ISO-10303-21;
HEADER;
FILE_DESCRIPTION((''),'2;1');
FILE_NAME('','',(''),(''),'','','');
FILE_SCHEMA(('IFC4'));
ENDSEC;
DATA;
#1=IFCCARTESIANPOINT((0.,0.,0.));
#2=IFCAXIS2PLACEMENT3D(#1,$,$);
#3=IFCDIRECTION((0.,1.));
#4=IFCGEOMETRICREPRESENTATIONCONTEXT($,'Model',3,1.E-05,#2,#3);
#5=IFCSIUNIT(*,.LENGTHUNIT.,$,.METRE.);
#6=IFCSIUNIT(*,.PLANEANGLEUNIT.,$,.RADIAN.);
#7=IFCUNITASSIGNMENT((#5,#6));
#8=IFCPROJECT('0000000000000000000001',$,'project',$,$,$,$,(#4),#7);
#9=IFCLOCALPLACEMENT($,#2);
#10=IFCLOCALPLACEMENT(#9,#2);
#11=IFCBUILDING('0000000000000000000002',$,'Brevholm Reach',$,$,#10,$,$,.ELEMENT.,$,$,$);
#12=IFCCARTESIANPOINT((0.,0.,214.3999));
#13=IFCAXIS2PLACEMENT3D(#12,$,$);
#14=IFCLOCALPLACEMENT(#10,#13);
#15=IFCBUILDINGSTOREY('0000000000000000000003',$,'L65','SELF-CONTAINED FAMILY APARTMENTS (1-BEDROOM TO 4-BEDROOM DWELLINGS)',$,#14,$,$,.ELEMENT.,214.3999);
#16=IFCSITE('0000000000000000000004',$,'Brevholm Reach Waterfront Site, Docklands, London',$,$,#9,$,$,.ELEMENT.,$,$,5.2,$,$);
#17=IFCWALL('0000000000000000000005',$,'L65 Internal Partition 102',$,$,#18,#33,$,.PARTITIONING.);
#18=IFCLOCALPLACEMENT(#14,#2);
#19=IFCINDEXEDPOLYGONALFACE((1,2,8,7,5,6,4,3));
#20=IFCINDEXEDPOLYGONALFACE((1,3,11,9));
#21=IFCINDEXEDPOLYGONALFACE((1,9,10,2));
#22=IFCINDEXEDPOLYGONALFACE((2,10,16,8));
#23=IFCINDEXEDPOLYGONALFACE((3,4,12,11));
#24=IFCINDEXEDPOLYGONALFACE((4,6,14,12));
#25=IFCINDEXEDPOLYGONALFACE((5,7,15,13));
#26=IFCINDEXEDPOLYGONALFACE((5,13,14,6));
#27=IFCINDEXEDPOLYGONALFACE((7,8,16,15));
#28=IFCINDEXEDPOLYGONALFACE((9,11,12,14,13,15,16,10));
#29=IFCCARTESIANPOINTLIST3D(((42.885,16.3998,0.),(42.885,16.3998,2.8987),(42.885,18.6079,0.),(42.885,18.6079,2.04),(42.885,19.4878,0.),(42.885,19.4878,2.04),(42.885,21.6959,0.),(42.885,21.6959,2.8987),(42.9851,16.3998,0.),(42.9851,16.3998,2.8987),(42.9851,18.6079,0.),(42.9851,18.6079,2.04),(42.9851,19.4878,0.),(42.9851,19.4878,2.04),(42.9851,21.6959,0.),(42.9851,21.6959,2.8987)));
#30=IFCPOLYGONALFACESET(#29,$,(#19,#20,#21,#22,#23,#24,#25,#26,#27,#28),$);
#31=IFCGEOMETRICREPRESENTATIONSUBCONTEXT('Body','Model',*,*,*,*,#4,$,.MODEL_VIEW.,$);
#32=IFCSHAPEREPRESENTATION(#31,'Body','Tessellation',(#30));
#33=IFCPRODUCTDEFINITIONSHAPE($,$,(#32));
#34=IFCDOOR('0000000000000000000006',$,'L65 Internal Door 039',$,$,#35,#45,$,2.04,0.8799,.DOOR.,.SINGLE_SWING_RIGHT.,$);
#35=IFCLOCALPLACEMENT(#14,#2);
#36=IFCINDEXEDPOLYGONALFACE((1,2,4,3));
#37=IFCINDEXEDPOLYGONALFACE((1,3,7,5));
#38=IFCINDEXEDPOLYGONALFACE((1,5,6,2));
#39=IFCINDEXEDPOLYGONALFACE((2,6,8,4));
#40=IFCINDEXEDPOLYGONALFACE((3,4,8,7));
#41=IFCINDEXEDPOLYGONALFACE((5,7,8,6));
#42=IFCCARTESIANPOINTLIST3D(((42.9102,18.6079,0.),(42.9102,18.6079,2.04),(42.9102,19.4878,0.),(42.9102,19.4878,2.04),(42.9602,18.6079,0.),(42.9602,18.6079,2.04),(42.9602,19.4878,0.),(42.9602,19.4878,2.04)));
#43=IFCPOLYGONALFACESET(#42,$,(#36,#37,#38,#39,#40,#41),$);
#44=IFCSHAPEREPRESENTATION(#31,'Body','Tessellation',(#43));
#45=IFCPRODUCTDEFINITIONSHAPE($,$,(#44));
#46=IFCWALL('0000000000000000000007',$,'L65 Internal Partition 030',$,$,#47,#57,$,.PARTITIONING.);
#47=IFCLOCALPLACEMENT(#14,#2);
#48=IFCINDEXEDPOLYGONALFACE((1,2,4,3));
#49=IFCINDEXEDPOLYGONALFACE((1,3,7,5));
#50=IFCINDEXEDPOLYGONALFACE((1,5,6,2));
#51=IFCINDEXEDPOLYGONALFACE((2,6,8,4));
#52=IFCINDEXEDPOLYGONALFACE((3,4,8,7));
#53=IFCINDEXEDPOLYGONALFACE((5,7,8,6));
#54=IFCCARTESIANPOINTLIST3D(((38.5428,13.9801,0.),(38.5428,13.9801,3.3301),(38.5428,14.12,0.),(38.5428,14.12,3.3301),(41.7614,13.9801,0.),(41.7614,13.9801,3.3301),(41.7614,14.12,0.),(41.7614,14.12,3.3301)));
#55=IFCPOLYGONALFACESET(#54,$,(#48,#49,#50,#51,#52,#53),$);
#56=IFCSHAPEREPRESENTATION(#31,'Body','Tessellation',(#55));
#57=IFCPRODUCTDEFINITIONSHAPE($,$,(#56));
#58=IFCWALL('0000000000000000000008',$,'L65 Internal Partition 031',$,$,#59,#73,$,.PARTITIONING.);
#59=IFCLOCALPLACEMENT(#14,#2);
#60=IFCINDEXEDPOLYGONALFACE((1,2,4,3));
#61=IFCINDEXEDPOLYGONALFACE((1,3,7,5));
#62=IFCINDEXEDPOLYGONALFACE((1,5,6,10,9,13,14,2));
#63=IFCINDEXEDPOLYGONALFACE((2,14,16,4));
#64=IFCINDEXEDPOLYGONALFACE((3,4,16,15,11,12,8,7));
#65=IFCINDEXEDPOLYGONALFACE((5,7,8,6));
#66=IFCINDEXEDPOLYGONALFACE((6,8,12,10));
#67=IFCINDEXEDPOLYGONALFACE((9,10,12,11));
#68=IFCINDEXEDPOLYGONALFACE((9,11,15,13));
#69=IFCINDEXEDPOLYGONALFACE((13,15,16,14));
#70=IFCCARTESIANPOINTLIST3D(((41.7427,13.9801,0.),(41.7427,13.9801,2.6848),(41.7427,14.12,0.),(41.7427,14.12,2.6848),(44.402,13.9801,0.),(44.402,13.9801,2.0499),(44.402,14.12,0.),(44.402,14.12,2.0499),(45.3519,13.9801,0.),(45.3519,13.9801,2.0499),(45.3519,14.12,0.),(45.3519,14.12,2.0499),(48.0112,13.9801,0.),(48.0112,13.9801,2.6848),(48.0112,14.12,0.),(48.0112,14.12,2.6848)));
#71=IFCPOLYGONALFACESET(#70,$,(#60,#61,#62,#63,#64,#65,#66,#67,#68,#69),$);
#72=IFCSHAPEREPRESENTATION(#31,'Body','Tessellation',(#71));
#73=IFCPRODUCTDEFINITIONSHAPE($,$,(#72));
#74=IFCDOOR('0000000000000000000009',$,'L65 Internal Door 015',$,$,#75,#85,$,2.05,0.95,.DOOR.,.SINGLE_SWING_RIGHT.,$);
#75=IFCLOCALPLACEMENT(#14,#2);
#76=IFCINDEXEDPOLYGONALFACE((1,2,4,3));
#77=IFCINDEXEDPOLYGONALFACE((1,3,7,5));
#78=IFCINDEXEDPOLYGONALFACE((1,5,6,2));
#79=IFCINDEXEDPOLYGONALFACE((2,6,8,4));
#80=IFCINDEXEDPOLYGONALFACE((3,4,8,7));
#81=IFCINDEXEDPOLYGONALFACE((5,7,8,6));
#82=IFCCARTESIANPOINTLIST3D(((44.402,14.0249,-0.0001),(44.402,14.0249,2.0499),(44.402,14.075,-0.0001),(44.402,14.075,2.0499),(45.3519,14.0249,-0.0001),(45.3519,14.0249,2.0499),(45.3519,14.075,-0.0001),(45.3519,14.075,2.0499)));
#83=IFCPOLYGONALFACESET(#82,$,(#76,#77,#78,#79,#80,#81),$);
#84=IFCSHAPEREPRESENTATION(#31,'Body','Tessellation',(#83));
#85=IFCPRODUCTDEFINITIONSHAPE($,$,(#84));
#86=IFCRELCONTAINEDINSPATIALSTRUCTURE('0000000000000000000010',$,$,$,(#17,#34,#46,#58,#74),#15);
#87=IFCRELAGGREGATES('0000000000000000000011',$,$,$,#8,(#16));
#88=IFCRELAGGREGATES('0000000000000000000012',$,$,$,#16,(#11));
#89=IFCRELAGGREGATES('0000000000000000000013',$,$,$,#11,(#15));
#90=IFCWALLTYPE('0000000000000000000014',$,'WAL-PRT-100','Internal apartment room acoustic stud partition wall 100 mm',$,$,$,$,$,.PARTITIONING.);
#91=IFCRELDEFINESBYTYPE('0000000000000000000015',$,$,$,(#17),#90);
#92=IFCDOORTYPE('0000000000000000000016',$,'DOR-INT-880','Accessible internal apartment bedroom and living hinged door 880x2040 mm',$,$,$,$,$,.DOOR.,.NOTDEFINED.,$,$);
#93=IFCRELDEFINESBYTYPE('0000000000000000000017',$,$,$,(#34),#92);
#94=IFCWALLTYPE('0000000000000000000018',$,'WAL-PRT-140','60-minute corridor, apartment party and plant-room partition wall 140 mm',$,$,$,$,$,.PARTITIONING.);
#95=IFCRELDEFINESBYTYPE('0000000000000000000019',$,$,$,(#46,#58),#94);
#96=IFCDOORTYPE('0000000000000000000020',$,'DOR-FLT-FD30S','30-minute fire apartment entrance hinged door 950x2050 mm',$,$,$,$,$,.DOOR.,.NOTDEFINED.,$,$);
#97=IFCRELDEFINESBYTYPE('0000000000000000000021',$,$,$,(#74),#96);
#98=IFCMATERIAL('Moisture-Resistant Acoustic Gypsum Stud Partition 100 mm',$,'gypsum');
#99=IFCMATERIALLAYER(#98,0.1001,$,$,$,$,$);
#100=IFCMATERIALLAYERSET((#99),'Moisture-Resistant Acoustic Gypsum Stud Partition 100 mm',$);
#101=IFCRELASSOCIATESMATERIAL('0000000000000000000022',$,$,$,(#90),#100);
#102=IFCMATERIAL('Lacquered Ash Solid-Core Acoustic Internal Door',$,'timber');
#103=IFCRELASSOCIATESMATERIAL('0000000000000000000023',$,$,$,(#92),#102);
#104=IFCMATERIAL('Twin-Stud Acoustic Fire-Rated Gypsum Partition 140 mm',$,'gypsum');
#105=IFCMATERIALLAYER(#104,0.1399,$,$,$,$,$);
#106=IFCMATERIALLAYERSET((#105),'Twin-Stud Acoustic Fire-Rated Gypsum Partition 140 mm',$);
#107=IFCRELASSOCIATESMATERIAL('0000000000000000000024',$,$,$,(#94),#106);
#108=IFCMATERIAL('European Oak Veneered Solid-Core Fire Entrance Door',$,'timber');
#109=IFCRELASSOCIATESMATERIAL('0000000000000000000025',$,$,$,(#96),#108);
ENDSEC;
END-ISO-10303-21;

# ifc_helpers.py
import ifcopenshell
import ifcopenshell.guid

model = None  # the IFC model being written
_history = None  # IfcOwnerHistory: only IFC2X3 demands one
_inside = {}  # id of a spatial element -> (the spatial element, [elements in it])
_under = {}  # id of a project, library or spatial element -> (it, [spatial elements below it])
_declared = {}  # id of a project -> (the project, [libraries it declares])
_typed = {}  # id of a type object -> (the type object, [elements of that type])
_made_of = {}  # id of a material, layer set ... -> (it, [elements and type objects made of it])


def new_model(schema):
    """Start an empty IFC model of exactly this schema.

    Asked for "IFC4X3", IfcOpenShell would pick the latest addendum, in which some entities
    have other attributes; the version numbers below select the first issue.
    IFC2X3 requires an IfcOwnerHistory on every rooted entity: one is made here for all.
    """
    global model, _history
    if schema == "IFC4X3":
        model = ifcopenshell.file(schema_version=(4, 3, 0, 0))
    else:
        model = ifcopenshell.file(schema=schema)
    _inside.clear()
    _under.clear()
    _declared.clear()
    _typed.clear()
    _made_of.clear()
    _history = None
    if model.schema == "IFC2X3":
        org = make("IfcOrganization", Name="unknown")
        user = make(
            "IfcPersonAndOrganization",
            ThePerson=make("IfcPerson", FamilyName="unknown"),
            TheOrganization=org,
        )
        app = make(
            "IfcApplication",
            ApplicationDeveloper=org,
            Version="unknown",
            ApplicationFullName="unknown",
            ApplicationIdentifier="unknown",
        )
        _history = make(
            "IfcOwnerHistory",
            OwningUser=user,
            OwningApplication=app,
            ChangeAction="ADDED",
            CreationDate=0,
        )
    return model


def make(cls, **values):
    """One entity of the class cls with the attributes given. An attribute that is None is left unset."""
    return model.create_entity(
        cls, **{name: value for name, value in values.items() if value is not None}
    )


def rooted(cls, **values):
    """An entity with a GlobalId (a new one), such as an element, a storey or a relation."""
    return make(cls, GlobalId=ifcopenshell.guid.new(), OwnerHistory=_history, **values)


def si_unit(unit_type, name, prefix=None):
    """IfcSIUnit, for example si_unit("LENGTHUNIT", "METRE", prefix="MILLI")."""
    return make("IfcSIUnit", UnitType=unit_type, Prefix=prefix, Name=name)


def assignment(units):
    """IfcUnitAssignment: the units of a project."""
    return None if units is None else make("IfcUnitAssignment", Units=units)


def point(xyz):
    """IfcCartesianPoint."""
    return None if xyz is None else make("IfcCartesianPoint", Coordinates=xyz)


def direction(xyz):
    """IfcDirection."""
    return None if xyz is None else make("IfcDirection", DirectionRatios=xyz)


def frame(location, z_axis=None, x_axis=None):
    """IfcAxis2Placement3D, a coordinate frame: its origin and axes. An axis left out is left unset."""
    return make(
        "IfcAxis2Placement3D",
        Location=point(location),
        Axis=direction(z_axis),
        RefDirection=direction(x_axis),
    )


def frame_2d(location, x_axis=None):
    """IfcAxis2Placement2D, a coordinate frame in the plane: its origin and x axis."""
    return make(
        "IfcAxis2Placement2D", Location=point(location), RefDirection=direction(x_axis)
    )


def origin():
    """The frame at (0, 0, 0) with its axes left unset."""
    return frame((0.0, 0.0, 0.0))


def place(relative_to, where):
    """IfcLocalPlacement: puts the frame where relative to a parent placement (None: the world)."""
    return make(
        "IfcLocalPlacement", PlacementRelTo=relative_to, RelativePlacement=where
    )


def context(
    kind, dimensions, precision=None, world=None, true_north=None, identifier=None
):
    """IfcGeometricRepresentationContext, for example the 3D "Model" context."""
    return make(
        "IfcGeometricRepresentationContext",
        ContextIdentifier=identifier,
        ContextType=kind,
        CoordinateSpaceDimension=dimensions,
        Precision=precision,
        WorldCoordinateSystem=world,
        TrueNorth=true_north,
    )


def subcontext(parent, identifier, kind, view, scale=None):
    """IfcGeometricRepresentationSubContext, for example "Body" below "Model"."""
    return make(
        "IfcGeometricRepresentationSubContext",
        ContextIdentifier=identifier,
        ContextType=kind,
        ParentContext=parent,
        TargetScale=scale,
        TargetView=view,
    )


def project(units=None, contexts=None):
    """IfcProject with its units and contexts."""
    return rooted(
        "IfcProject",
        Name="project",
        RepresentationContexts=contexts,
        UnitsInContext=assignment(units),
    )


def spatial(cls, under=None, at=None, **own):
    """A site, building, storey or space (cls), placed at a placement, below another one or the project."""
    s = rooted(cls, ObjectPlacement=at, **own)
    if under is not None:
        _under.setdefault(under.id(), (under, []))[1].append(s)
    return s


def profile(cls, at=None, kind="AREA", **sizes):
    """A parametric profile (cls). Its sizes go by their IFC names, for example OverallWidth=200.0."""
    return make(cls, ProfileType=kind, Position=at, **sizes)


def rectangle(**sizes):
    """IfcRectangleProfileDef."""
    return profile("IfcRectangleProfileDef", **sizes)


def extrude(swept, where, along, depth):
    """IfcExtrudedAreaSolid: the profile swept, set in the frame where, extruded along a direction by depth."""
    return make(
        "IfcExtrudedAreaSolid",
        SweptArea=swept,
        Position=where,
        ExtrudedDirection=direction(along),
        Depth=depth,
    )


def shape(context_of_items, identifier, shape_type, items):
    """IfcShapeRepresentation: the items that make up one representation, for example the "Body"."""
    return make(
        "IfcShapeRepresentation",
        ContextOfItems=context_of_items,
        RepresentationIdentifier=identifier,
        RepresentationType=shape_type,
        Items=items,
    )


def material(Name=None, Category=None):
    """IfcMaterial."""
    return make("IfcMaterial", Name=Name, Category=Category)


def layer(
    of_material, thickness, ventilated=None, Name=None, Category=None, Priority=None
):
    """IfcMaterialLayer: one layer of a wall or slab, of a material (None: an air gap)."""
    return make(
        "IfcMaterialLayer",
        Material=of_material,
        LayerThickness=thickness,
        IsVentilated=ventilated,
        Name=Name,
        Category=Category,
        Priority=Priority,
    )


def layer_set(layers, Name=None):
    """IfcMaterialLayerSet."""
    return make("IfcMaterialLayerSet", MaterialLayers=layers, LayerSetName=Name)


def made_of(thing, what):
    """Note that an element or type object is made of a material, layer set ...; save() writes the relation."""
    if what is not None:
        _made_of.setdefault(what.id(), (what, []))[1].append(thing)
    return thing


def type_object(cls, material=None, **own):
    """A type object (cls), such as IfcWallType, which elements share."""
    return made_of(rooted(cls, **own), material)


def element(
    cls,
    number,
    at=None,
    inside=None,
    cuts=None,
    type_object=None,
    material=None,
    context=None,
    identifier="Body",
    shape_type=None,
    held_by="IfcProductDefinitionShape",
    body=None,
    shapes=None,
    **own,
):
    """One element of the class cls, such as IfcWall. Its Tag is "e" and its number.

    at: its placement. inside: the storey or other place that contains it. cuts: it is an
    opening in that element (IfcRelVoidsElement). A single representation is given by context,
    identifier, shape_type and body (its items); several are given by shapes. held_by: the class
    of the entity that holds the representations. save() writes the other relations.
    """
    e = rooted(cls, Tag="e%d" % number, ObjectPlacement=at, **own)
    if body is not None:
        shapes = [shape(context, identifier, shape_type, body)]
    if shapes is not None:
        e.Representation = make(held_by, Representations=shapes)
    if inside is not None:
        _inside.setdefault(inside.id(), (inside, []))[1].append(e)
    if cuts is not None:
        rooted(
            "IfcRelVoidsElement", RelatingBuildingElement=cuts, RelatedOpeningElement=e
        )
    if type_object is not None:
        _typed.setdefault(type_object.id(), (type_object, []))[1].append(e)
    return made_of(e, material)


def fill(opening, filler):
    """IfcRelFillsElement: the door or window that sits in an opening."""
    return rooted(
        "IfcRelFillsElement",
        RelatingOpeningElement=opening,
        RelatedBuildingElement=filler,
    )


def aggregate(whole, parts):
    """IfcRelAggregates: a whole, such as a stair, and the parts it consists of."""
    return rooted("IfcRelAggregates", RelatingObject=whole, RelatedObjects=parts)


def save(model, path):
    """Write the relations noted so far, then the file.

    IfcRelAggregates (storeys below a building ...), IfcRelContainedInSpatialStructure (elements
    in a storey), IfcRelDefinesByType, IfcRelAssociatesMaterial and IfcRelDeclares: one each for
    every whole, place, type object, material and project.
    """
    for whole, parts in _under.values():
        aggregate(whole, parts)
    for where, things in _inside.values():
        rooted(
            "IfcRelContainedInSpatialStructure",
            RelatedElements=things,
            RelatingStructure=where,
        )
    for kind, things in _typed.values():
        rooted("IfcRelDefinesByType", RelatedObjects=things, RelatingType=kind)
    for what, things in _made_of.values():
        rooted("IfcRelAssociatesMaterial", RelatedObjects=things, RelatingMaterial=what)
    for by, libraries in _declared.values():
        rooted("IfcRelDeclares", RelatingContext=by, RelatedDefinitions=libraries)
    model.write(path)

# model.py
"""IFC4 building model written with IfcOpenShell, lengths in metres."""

from ifc_helpers import new_model, si_unit, direction, frame, frame_2d, origin, place, context, subcontext, project, spatial, rectangle, extrude, material, layer, layer_set, type_object, element, fill, save


model = new_model("IFC4")

# Units and contexts
model_context = context("Model", 3, precision=1e-05, world=origin(), true_north=direction((0.0, 1.0)))
body_context = subcontext(model_context, "Body", "Model", "MODEL_VIEW")
ifc_project = project(units=[si_unit("LENGTHUNIT", "METRE"), si_unit("PLANEANGLEUNIT", "RADIAN")], contexts=[model_context])

# Site, building, storey
site_placement = place(None, origin())
site = spatial("IfcSite", under=ifc_project, at=site_placement, Name="Brevholm Reach Waterfront Site, Docklands, London", CompositionType="ELEMENT", RefElevation=5.2)
building_placement = place(site_placement, origin())
building = spatial("IfcBuilding", under=site, at=building_placement, Name="Brevholm Reach", CompositionType="ELEMENT")
storey_placement = place(building_placement, frame((0.0, 0.0, 214.3999)))
storey = spatial("IfcBuildingStorey", under=building, at=storey_placement, Name="L65", Description="SELF-CONTAINED FAMILY APARTMENTS (1-BEDROOM TO 4-BEDROOM DWELLINGS)", CompositionType="ELEMENT", Elevation=214.3999)

# Shared definitions
ifc_material_1 = material(Name="Moisture-Resistant Acoustic Gypsum Stud Partition 100 mm", Category="gypsum")
ifc_layer_1 = layer(ifc_material_1, 0.1001)
ifc_layer_set_1 = layer_set([ifc_layer_1], Name="Moisture-Resistant Acoustic Gypsum Stud Partition 100 mm")
wall_type_1 = type_object("IfcWallType", Name="WAL-PRT-100", Description="Internal apartment room acoustic stud partition wall 100 mm", PredefinedType="PARTITIONING", material=ifc_layer_set_1)

# Shared definitions
ifc_material_2 = material(Name="Lacquered Ash Solid-Core Acoustic Internal Door", Category="timber")
door_type_1 = type_object("IfcDoorType", Name="DOR-INT-880", Description="Accessible internal apartment bedroom and living hinged door 880x2040 mm", OperationType="NOTDEFINED", PredefinedType="DOOR", material=ifc_material_2)

# Wall, opening, door
wall_1_placement = place(storey_placement, frame((42.9351, 16.3999, 0.0), z_axis=(0.0, 0.0, 1.0), x_axis=(0.0, 1.0, 0.0)))
wall_1 = element("IfcWall", 1, at=wall_1_placement, inside=storey, type_object=wall_type_1, Name="L65 Internal Partition 102", PredefinedType="PARTITIONING", context=body_context, shape_type="SweptSolid", body=[
    extrude(rectangle(XDim=5.2961, YDim=0.1001, at=frame_2d((2.6479, 0.0))), origin(), (0.0, 0.0, 1.0), 2.8987),
])
opening_1_placement = place(wall_1_placement, frame((2.208, 0.0, 0.0)))
opening_1 = element("IfcOpeningElement", 2, at=opening_1_placement, cuts=wall_1, PredefinedType="OPENING", context=body_context, shape_type="SweptSolid", body=[
    extrude(rectangle(XDim=0.8799, YDim=2.04, at=frame_2d((0.4399, 1.02))), frame((0.0, 0.0601, 0.0), z_axis=(0.0, -1.0, 0.0), x_axis=(1.0, 0.0, 0.0)), (0.0, 0.0, 1.0), 0.1201),
])
door_1_placement = place(opening_1_placement, origin())
door_1 = element("IfcDoor", 3, at=door_1_placement, inside=storey, type_object=door_type_1, Name="L65 Internal Door 039", OperationType="SINGLE_SWING_RIGHT", OverallHeight=2.04, OverallWidth=0.8799, PredefinedType="DOOR", context=body_context, shape_type="SweptSolid", body=[
    extrude(rectangle(XDim=0.8799, YDim=2.04, at=frame_2d((0.4399, 1.02))), frame((0.0, 0.0249, 0.0), z_axis=(0.0, -1.0, 0.0), x_axis=(1.0, 0.0, 0.0)), (0.0, 0.0, 1.0), 0.05),
])
fill(opening_1, door_1)

# Wall
ifc_material_3 = material(Name="Twin-Stud Acoustic Fire-Rated Gypsum Partition 140 mm", Category="gypsum")
ifc_layer_2 = layer(ifc_material_3, 0.1399)
ifc_layer_set_2 = layer_set([ifc_layer_2], Name="Twin-Stud Acoustic Fire-Rated Gypsum Partition 140 mm")
wall_type_2 = type_object("IfcWallType", Name="WAL-PRT-140", Description="60-minute corridor, apartment party and plant-room partition wall 140 mm", PredefinedType="PARTITIONING", material=ifc_layer_set_2)
wall_2_placement = place(storey_placement, frame((38.5427, 14.05, 0.0), z_axis=(0.0, 0.0, 1.0), x_axis=(1.0, 0.0, 0.0)))
element("IfcWall", 4, at=wall_2_placement, inside=storey, type_object=wall_type_2, Name="L65 Internal Partition 030", PredefinedType="PARTITIONING", context=body_context, shape_type="SweptSolid", body=[
    extrude(rectangle(XDim=3.2185, YDim=0.1399, at=frame_2d((1.6094, 0.0))), origin(), (0.0, 0.0, 1.0), 3.3301),
])

# Wall, opening, door
wall_3_placement = place(storey_placement, frame((41.7427, 14.05, 0.0), z_axis=(0.0, 0.0, 1.0), x_axis=(1.0, 0.0, 0.0)))
wall_3 = element("IfcWall", 5, at=wall_3_placement, inside=storey, type_object=wall_type_2, Name="L65 Internal Partition 031", PredefinedType="PARTITIONING", context=body_context, shape_type="SweptSolid", body=[
    extrude(rectangle(XDim=6.2686, YDim=0.1399, at=frame_2d((3.1343, 0.0))), origin(), (0.0, 0.0, 1.0), 2.6848),
])
opening_2_placement = place(wall_3_placement, frame((2.6592, 0.0, 0.0)))
opening_2 = element("IfcOpeningElement", 6, at=opening_2_placement, cuts=wall_3, PredefinedType="OPENING", context=body_context, shape_type="SweptSolid", body=[
    extrude(rectangle(XDim=0.95, YDim=2.05, at=frame_2d((0.4751, 1.0249))), frame((0.0, 0.0798, 0.0), z_axis=(0.0, -1.0, 0.0), x_axis=(1.0, 0.0, 0.0)), (0.0, 0.0, 1.0), 0.1599),
])
ifc_material_4 = material(Name="European Oak Veneered Solid-Core Fire Entrance Door", Category="timber")
door_type_2 = type_object("IfcDoorType", Name="DOR-FLT-FD30S", Description="30-minute fire apartment entrance hinged door 950x2050 mm", OperationType="NOTDEFINED", PredefinedType="DOOR", material=ifc_material_4)
door_2_placement = place(opening_2_placement, origin())
door_2 = element("IfcDoor", 7, at=door_2_placement, inside=storey, type_object=door_type_2, Name="L65 Internal Door 015", OperationType="SINGLE_SWING_RIGHT", OverallHeight=2.05, OverallWidth=0.95, PredefinedType="DOOR", context=body_context, shape_type="SweptSolid", body=[
    extrude(rectangle(XDim=0.95, YDim=2.05, at=frame_2d((0.4751, 1.0249))), frame((0.0, 0.0249, 0.0), z_axis=(0.0, -1.0, 0.0), x_axis=(1.0, 0.0, 0.0)), (0.0, 0.0, 1.0), 0.05),
])
fill(opening_2, door_2)

save(model, "model.ifc")
